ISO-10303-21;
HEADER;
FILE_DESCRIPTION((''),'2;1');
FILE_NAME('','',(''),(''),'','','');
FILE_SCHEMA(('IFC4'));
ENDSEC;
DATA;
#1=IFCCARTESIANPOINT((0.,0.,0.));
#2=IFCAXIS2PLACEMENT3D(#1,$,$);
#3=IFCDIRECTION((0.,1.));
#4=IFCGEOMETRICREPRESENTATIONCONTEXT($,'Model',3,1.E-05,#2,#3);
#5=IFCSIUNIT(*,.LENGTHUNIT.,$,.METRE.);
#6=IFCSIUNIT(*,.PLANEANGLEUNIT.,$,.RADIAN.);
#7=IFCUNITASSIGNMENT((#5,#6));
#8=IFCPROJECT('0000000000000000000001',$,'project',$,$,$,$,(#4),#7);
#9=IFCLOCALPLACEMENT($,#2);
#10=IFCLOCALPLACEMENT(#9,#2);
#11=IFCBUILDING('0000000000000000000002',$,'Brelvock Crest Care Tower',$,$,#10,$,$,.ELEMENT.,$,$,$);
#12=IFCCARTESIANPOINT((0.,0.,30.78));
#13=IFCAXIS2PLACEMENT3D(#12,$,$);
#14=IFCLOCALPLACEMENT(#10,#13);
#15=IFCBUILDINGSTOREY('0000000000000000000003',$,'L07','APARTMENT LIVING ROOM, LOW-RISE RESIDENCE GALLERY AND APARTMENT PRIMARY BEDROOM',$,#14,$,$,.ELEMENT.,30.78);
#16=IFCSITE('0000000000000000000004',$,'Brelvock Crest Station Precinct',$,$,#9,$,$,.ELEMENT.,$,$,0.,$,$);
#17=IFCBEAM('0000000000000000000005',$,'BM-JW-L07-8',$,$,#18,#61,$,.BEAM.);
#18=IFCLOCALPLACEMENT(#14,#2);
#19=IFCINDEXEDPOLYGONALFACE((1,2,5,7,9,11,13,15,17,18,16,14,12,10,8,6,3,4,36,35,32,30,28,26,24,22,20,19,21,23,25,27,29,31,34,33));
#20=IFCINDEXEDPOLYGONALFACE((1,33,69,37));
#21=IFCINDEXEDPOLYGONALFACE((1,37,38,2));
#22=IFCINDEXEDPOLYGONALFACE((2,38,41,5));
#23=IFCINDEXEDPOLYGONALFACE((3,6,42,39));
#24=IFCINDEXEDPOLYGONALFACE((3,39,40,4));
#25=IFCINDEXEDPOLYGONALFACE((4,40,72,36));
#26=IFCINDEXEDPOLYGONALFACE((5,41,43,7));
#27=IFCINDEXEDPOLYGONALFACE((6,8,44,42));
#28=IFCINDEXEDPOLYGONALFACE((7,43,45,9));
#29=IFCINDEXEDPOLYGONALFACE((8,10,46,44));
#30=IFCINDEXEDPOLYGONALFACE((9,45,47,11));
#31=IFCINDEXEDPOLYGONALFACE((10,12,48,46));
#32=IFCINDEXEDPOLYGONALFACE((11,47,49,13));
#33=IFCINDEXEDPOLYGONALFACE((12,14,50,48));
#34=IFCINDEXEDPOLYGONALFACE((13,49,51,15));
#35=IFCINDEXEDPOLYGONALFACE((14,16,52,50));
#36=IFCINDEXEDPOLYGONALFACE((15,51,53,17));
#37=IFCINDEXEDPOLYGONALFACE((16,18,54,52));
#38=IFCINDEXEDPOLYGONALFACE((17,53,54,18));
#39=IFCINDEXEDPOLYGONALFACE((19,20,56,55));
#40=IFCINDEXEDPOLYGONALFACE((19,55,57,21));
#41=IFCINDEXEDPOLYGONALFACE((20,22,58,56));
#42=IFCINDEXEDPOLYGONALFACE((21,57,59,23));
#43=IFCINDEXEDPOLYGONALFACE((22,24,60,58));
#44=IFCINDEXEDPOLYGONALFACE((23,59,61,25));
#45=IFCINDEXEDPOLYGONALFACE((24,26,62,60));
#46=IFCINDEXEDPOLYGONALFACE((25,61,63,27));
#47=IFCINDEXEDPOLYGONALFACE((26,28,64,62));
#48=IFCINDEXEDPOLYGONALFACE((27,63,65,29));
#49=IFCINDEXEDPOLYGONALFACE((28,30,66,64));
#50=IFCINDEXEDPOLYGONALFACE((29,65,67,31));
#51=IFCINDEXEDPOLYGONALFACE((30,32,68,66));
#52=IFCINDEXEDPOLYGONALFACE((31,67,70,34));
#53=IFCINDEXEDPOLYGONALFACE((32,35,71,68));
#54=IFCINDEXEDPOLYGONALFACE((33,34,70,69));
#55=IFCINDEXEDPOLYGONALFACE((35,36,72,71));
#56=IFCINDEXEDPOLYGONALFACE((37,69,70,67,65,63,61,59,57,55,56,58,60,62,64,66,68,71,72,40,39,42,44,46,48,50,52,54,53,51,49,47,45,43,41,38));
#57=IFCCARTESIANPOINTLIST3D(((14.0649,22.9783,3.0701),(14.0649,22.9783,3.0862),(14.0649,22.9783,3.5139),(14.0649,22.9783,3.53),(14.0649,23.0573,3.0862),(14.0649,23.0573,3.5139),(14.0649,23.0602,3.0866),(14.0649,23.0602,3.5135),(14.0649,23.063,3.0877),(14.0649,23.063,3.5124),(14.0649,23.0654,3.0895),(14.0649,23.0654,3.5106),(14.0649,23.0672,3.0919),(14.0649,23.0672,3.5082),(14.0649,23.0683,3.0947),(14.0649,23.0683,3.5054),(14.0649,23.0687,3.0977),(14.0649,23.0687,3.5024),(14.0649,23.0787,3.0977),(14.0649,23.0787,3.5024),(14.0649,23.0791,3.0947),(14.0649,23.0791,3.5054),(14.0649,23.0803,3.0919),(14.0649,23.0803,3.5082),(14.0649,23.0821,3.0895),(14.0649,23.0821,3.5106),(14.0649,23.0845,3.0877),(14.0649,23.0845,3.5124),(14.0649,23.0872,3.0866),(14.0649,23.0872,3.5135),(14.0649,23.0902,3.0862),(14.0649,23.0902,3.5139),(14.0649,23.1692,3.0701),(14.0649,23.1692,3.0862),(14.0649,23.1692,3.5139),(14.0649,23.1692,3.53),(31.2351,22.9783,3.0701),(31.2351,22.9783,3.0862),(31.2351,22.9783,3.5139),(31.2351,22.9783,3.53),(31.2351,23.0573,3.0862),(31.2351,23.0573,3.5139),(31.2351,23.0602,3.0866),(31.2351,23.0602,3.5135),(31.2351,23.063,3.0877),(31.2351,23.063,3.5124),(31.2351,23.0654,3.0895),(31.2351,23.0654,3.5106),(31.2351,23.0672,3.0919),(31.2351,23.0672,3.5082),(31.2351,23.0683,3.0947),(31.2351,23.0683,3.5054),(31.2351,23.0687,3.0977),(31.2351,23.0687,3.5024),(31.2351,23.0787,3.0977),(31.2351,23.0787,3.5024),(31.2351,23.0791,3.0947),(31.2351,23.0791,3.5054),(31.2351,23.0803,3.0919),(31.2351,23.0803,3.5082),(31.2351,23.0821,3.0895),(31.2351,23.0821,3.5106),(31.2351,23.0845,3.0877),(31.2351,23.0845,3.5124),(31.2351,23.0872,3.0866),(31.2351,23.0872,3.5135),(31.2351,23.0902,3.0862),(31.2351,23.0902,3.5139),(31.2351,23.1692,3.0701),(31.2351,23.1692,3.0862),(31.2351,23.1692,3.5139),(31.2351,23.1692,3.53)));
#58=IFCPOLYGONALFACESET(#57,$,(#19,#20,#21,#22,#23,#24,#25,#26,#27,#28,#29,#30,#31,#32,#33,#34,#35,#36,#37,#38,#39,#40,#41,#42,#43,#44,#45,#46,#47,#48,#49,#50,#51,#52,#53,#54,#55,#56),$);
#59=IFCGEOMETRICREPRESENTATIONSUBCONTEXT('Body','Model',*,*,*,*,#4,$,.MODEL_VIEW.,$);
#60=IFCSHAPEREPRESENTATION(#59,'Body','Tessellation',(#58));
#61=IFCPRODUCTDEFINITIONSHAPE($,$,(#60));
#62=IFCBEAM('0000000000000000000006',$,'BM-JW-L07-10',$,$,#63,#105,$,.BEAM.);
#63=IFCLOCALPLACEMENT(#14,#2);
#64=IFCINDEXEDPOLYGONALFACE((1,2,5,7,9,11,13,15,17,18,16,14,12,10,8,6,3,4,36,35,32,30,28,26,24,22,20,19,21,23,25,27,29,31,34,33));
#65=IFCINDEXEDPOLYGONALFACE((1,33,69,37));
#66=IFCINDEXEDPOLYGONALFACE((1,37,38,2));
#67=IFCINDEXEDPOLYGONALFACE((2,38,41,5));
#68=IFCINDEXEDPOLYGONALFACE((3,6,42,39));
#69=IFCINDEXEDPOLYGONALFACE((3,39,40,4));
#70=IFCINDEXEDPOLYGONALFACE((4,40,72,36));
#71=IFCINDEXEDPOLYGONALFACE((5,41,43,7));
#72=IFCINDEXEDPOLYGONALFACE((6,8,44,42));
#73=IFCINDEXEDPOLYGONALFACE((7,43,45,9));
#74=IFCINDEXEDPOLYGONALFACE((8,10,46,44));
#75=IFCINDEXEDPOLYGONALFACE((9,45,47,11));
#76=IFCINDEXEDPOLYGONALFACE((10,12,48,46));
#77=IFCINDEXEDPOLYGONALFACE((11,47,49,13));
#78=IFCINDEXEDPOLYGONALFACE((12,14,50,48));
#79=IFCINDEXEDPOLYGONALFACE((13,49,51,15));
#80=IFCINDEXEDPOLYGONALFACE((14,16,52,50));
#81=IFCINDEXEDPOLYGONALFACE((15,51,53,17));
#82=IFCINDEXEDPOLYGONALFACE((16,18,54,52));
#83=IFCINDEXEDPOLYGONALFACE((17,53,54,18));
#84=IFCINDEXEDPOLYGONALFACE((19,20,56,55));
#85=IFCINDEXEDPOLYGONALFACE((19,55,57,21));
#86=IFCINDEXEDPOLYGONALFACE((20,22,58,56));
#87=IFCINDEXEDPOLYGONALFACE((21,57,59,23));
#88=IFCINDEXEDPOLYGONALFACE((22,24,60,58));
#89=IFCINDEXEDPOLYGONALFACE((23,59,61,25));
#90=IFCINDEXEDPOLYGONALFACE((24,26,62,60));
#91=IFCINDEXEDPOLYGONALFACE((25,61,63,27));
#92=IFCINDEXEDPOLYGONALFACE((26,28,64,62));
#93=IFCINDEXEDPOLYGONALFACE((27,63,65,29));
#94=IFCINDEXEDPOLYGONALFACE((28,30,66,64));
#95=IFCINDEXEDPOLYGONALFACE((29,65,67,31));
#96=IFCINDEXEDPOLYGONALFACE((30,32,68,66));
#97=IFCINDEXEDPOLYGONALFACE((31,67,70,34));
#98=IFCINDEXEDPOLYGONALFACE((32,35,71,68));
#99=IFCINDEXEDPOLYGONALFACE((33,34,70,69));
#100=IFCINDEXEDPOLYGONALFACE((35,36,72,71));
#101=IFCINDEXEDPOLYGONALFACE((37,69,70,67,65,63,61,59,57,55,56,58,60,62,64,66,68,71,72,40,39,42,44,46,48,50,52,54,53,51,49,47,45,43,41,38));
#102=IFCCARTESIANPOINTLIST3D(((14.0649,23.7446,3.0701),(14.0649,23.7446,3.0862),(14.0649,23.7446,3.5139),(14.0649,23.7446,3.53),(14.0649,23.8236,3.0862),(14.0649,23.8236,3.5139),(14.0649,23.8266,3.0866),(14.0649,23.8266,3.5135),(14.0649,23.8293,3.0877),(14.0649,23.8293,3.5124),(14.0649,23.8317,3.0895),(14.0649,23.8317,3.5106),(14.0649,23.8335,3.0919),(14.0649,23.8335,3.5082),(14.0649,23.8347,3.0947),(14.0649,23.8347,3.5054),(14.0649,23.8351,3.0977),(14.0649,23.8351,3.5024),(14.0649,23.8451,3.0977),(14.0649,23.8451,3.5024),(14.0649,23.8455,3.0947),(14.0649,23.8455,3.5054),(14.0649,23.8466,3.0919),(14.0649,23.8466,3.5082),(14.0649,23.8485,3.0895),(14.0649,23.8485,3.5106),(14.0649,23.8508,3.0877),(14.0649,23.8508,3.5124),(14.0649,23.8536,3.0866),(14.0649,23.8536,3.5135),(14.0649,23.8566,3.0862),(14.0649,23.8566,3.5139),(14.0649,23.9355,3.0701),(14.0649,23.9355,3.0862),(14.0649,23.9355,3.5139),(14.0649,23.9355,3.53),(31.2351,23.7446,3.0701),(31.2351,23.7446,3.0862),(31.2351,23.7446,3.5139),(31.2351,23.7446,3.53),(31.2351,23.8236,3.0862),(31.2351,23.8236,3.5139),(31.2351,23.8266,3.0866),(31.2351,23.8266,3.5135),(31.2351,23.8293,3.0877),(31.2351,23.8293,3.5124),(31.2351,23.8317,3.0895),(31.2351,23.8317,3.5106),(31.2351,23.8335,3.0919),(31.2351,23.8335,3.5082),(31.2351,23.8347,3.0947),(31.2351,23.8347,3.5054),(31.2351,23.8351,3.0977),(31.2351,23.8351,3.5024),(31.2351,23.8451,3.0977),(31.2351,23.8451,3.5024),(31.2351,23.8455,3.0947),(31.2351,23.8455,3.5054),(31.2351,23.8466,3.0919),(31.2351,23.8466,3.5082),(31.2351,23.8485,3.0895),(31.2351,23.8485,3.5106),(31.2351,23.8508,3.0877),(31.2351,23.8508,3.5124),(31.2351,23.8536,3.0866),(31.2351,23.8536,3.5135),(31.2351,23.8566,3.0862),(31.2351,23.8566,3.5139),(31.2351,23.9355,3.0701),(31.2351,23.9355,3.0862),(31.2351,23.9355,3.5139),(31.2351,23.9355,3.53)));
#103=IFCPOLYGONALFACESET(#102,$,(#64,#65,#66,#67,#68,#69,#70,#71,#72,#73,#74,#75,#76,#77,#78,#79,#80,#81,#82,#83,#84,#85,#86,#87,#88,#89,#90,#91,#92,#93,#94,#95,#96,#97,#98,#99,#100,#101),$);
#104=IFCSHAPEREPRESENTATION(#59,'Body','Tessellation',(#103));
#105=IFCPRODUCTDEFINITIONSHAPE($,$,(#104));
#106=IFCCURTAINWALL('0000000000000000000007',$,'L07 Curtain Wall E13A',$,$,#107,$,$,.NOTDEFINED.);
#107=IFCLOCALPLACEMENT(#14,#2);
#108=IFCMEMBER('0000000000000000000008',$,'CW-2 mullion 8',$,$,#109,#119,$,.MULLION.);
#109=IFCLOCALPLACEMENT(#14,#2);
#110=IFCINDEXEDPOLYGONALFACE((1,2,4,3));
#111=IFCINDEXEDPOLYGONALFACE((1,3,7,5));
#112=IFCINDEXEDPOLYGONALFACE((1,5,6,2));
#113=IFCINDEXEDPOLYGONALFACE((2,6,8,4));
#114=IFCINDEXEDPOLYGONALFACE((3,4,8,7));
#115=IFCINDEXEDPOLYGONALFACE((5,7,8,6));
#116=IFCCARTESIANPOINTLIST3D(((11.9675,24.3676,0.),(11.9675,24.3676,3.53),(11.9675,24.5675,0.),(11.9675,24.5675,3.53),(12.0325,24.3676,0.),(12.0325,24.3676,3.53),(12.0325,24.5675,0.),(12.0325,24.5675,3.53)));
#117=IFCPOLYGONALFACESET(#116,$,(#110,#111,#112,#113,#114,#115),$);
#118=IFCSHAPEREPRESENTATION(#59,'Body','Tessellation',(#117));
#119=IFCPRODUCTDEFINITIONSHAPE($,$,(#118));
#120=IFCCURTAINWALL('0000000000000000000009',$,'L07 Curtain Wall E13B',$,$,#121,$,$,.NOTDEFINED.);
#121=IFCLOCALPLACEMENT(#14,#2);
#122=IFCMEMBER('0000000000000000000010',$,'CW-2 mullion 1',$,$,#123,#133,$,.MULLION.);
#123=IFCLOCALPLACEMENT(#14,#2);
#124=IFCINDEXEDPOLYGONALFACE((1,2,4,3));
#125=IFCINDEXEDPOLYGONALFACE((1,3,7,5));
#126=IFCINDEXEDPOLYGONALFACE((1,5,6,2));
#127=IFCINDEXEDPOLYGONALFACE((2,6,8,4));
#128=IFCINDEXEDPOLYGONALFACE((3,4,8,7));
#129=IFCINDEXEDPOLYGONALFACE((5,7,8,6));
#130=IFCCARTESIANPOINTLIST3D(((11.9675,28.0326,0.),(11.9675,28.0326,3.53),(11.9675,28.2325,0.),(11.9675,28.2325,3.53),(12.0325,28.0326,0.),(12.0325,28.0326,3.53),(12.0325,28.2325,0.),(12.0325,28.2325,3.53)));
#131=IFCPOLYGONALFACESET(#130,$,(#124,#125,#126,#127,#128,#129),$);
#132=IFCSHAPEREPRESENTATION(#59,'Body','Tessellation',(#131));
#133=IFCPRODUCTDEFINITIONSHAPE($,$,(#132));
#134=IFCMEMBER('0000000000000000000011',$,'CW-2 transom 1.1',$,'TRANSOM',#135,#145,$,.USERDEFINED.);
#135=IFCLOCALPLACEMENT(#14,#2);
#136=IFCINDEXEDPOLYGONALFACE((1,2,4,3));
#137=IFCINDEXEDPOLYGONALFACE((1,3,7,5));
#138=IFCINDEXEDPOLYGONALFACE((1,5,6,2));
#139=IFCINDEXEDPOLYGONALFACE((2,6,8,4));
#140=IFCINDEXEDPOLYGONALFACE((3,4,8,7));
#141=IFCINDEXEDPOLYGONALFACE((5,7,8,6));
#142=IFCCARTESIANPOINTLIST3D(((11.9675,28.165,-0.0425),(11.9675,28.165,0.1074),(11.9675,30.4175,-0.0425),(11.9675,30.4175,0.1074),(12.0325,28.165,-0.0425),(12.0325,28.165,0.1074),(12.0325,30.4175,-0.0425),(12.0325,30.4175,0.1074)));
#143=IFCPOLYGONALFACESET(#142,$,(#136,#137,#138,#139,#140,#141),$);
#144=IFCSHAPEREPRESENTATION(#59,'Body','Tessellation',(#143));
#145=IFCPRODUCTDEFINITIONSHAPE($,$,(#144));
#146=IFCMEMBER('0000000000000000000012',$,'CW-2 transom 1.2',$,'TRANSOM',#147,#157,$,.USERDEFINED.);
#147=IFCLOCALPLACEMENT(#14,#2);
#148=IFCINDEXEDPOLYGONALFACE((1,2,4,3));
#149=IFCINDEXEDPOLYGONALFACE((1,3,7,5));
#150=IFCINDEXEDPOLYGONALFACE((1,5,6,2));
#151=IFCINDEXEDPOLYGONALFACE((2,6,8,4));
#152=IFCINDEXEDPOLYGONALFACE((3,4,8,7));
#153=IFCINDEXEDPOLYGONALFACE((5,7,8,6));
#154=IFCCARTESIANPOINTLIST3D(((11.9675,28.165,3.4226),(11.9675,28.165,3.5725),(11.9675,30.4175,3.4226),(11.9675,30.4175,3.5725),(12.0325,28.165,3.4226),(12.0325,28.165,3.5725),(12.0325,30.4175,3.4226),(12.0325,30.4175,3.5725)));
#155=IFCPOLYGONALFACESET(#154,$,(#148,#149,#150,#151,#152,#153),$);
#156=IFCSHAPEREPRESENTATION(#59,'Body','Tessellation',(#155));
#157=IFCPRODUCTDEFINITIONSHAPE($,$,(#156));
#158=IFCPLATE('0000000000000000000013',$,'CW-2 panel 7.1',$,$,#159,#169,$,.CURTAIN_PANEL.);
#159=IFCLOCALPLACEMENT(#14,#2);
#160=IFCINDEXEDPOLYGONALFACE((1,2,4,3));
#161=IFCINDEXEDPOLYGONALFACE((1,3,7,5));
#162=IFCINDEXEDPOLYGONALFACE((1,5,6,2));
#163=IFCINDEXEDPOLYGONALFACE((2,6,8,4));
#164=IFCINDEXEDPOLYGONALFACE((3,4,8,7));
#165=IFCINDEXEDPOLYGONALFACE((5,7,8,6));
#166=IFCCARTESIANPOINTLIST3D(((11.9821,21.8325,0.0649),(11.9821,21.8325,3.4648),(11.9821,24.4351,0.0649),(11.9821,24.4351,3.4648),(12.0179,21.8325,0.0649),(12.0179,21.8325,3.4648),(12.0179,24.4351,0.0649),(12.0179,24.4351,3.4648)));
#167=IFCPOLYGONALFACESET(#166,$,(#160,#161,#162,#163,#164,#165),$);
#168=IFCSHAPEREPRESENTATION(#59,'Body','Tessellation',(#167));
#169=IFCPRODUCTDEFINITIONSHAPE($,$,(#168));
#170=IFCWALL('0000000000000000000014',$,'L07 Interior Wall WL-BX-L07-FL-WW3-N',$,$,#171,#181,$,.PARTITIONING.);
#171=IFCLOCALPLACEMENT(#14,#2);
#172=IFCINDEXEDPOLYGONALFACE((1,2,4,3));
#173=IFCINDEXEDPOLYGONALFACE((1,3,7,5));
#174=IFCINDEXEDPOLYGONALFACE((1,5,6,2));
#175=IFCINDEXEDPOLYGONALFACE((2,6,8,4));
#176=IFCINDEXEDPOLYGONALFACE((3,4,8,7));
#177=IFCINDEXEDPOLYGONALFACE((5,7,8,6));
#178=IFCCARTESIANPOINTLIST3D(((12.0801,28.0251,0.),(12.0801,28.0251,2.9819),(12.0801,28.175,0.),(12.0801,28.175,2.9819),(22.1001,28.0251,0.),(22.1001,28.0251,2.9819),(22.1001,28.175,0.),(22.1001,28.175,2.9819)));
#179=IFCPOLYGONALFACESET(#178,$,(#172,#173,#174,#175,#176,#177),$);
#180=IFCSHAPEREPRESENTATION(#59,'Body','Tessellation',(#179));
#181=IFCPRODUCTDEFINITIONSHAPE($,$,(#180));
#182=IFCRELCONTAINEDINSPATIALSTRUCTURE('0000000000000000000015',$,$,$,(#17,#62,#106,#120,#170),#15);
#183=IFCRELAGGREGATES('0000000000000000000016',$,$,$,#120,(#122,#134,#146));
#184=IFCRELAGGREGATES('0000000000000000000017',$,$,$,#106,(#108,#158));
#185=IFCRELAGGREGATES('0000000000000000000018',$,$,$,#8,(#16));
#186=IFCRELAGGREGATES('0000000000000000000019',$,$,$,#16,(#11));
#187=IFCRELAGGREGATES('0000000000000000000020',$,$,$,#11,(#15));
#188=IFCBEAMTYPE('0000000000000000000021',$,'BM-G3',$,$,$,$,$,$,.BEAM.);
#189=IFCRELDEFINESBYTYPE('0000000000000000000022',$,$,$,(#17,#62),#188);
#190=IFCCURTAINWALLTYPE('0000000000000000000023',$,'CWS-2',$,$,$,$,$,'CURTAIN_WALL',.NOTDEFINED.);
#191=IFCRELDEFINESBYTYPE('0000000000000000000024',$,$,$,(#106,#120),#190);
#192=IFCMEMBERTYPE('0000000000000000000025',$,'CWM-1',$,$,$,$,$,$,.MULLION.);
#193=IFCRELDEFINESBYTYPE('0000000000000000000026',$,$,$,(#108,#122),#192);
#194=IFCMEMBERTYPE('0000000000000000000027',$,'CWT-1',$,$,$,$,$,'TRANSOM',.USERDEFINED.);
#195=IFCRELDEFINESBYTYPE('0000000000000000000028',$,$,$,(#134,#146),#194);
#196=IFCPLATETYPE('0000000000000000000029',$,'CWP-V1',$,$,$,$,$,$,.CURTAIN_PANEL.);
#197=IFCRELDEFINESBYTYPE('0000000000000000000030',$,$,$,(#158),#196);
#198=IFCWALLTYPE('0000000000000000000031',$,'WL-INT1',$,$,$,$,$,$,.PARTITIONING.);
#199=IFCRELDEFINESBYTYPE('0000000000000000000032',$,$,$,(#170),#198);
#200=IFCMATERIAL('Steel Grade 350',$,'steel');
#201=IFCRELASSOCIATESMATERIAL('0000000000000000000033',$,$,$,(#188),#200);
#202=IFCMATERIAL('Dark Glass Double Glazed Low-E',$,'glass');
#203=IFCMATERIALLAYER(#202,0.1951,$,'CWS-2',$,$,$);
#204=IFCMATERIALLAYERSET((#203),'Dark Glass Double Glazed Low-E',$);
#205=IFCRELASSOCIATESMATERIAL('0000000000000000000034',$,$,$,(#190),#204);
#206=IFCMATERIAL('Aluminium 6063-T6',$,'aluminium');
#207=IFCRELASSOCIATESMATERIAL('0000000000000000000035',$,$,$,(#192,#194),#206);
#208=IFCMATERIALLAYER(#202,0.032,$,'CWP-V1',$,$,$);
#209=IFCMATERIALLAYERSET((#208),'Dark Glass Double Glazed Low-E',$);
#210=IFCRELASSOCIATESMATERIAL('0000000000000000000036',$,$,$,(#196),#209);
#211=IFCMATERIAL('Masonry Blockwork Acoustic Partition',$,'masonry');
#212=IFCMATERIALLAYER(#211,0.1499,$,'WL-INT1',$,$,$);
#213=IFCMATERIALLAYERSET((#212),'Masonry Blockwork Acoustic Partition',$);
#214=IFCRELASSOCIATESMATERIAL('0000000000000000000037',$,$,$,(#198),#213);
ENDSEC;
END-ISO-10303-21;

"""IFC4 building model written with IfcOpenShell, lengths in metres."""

from ifc_helpers import new_model, si_unit, direction, frame, frame_2d, origin, origin_2d, place, context, subcontext, project, spatial, rectangle, i_section, extrude, source, transform, mapped, material, layer, layer_set, material_profile, profile_set, type_object, element, aggregate, save


model = new_model("IFC4")

# Units and contexts
model_context = context("Model", 3, precision=1e-05, world=origin(), true_north=direction((0.0, 1.0)))
body_context = subcontext(model_context, "Body", "Model", "MODEL_VIEW")
ifc_project = project(units=[si_unit("LENGTHUNIT", "METRE"), si_unit("PLANEANGLEUNIT", "RADIAN")], contexts=[model_context])

# Site, building, storey
site_placement = place(None, origin())
site = spatial("IfcSite", under=ifc_project, at=site_placement, Name="Brelvock Crest Station Precinct", CompositionType="ELEMENT", RefElevation=0.0)
building_placement = place(site_placement, origin())
building = spatial("IfcBuilding", under=site, at=building_placement, Name="Brelvock Crest Care Tower", CompositionType="ELEMENT")
storey_placement = place(building_placement, frame((0.0, 0.0, 30.78)))
storey = spatial("IfcBuildingStorey", under=building, at=storey_placement, Name="L07", Description="APARTMENT LIVING ROOM, LOW-RISE RESIDENCE GALLERY AND APARTMENT PRIMARY BEDROOM", CompositionType="ELEMENT", Elevation=30.78)

# Beams
ifc_material_1 = material(Name="Steel Grade 350", Category="steel")
ifc_material_profile_1 = material_profile(ifc_material_1, i_section(OverallWidth=0.1909, OverallDepth=0.46, WebThickness=0.01, FlangeThickness=0.0161, FilletRadius=0.0115, at=origin_2d()), Name="460UB82.1")
ifc_profile_set_1 = profile_set([ifc_material_profile_1], Name="Steel Grade 350")
beam_type_1 = type_object("IfcBeamType", Name="BM-G3", PredefinedType="BEAM", material=ifc_profile_set_1)
shared_shape_1 = source(origin(), body_context, "Body", "SweptSolid", [
    extrude(i_section(OverallWidth=0.1909, OverallDepth=0.46, WebThickness=0.01, FlangeThickness=0.0161, FilletRadius=0.0115, at=origin_2d()), origin(), (0.0, 0.0, 1.0), 17.1702),
])
for number, where, z_axis, x_axis, name in (
    (1, (14.0649, 23.0737, 3.3), (1.0, 0.0, 0.0), (0.0, 1.0, 0.0), "BM-JW-L07-8"),
    (2, (14.0649, 23.8401, 3.3), (1.0, 0.0, 0.0), (0.0, 1.0, 0.0), "BM-JW-L07-10"),
):
    element("IfcBeam", number, at=place(storey_placement, frame(where, z_axis=z_axis, x_axis=x_axis)), inside=storey, type_object=beam_type_1, Name=name, PredefinedType="BEAM", context=body_context, shape_type="MappedRepresentation", body=[
        mapped(shared_shape_1, transform((0.0, 0.0, 0.0), x_axis=(1.0, 0.0, 0.0), y_axis=(0.0, 1.0, 0.0), z_axis=(0.0, 0.0, 1.0), scale=1.0)),
    ])

# Curtain wall, member
ifc_material_2 = material(Name="Dark Glass Double Glazed Low-E", Category="glass")
ifc_layer_1 = layer(ifc_material_2, 0.1951, Name="CWS-2")
ifc_layer_set_1 = layer_set([ifc_layer_1], Name="Dark Glass Double Glazed Low-E")
curtain_wall_type = type_object("IfcCurtainWallType", Name="CWS-2", ElementType="CURTAIN_WALL", PredefinedType="NOTDEFINED", material=ifc_layer_set_1)
curtain_wall_1_placement = place(storey_placement, origin())
curtain_wall_1 = element("IfcCurtainWall", 3, at=curtain_wall_1_placement, inside=storey, type_object=curtain_wall_type, Name="L07 Curtain Wall E13A", PredefinedType="NOTDEFINED")
ifc_material_3 = material(Name="Aluminium 6063-T6", Category="aluminium")
ifc_material_profile_2 = material_profile(ifc_material_3, rectangle(XDim=0.0649, YDim=0.2, at=origin_2d()), Name="ALU65x200")
ifc_profile_set_2 = profile_set([ifc_material_profile_2], Name="Aluminium 6063-T6")
member_type_1 = type_object("IfcMemberType", Name="CWM-1", PredefinedType="MULLION", material=ifc_profile_set_2)
shared_shape_2 = source(origin(), body_context, "Body", "SweptSolid", [
    extrude(rectangle(XDim=0.0649, YDim=0.2, at=origin_2d()), origin(), (0.0, 0.0, 1.0), 3.53),
])
member_1_placement = place(storey_placement, frame((12.0, 24.4675, 0.0), z_axis=(0.0, 0.0, 1.0), x_axis=(-1.0, 0.0, 0.0)))
member_1 = element("IfcMember", 4, at=member_1_placement, type_object=member_type_1, Name="CW-2 mullion 8", PredefinedType="MULLION", context=body_context, shape_type="MappedRepresentation", body=[
    mapped(shared_shape_2, transform((0.0, 0.0, 0.0), x_axis=(1.0, 0.0, 0.0), y_axis=(0.0, 1.0, 0.0), z_axis=(0.0, 0.0, 1.0), scale=1.0)),
])

# Curtain wall, members
curtain_wall_2_placement = place(storey_placement, origin())
curtain_wall_2 = element("IfcCurtainWall", 5, at=curtain_wall_2_placement, inside=storey, type_object=curtain_wall_type, Name="L07 Curtain Wall E13B", PredefinedType="NOTDEFINED")
member_2_placement = place(storey_placement, frame((12.0, 28.1326, 0.0), z_axis=(0.0, 0.0, 1.0), x_axis=(-1.0, 0.0, 0.0)))
member_2 = element("IfcMember", 6, at=member_2_placement, type_object=member_type_1, Name="CW-2 mullion 1", PredefinedType="MULLION", context=body_context, shape_type="MappedRepresentation", body=[
    mapped(shared_shape_2, transform((0.0, 0.0, 0.0), x_axis=(1.0, 0.0, 0.0), y_axis=(0.0, 1.0, 0.0), z_axis=(0.0, 0.0, 1.0), scale=1.0)),
])
ifc_material_profile_3 = material_profile(ifc_material_3, rectangle(XDim=0.0649, YDim=0.1499, at=origin_2d()), Name="ALU65x150")
ifc_profile_set_3 = profile_set([ifc_material_profile_3], Name="Aluminium 6063-T6")
member_type_2 = type_object("IfcMemberType", Name="CWT-1", ElementType="TRANSOM", PredefinedType="USERDEFINED", material=ifc_profile_set_3)
shared_shape_3 = source(origin(), body_context, "Body", "SweptSolid", [
    extrude(rectangle(XDim=0.0649, YDim=0.1499, at=origin_2d()), origin(), (0.0, 0.0, 1.0), 2.2524),
])
member_3_placement = place(storey_placement, frame((12.0, 28.165, 0.0325), z_axis=(0.0, 1.0, 0.0), x_axis=(-1.0, 0.0, 0.0)))
member_3 = element("IfcMember", 7, at=member_3_placement, type_object=member_type_2, Name="CW-2 transom 1.1", ObjectType="TRANSOM", PredefinedType="USERDEFINED", context=body_context, shape_type="MappedRepresentation", body=[
    mapped(shared_shape_3, transform((0.0, 0.0, 0.0), x_axis=(1.0, 0.0, 0.0), y_axis=(0.0, 1.0, 0.0), z_axis=(0.0, 0.0, 1.0), scale=1.0)),
])
member_4_placement = place(storey_placement, frame((12.0, 28.165, 3.4976), z_axis=(0.0, 1.0, 0.0), x_axis=(-1.0, 0.0, 0.0)))
member_4 = element("IfcMember", 8, at=member_4_placement, type_object=member_type_2, Name="CW-2 transom 1.2", ObjectType="TRANSOM", PredefinedType="USERDEFINED", context=body_context, shape_type="MappedRepresentation", body=[
    mapped(shared_shape_3, transform((0.0, 0.0, 0.0), x_axis=(1.0, 0.0, 0.0), y_axis=(0.0, 1.0, 0.0), z_axis=(0.0, 0.0, 1.0), scale=1.0)),
])
aggregate(curtain_wall_2, [member_2, member_3, member_4])

# Plate
ifc_layer_2 = layer(ifc_material_2, 0.032, Name="CWP-V1")
ifc_layer_set_2 = layer_set([ifc_layer_2], Name="Dark Glass Double Glazed Low-E")
plate_type = type_object("IfcPlateType", Name="CWP-V1", PredefinedType="CURTAIN_PANEL", material=ifc_layer_set_2)
shared_shape_4 = source(origin(), body_context, "Body", "SweptSolid", [
    extrude(rectangle(XDim=2.6025, YDim=0.0359, at=origin_2d()), origin(), (0.0, 0.0, 1.0), 3.3999),
])
plate_placement = place(storey_placement, frame((12.0, 23.1338, 0.0649), z_axis=(0.0, 0.0, 1.0), x_axis=(0.0, 1.0, 0.0)))
plate = element("IfcPlate", 9, at=plate_placement, type_object=plate_type, Name="CW-2 panel 7.1", PredefinedType="CURTAIN_PANEL", context=body_context, shape_type="MappedRepresentation", body=[
    mapped(shared_shape_4, transform((0.0, 0.0, 0.0), x_axis=(1.0, 0.0, 0.0), y_axis=(0.0, 1.0, 0.0), z_axis=(0.0, 0.0, 1.0), scale=1.0)),
])
aggregate(curtain_wall_1, [member_1, plate])

# Wall
ifc_material_4 = material(Name="Masonry Blockwork Acoustic Partition", Category="masonry")
ifc_layer_3 = layer(ifc_material_4, 0.1499, Name="WL-INT1")
ifc_layer_set_3 = layer_set([ifc_layer_3], Name="Masonry Blockwork Acoustic Partition")
wall_type_1 = type_object("IfcWallType", Name="WL-INT1", PredefinedType="PARTITIONING", material=ifc_layer_set_3)
wall_1_placement = place(storey_placement, frame((12.0801, 28.1001, 0.0), z_axis=(0.0, 0.0, 1.0), x_axis=(1.0, 0.0, 0.0)))
element("IfcWall", 10, at=wall_1_placement, inside=storey, type_object=wall_type_1, Name="L07 Interior Wall WL-BX-L07-FL-WW3-N", PredefinedType="PARTITIONING", context=body_context, shape_type="SweptSolid", body=[
    extrude(rectangle(XDim=10.02, YDim=0.1499, at=frame_2d((5.01, 0.0))), origin(), (0.0, 0.0, 1.0), 2.9819),
])

save(model, "model.ifc")
